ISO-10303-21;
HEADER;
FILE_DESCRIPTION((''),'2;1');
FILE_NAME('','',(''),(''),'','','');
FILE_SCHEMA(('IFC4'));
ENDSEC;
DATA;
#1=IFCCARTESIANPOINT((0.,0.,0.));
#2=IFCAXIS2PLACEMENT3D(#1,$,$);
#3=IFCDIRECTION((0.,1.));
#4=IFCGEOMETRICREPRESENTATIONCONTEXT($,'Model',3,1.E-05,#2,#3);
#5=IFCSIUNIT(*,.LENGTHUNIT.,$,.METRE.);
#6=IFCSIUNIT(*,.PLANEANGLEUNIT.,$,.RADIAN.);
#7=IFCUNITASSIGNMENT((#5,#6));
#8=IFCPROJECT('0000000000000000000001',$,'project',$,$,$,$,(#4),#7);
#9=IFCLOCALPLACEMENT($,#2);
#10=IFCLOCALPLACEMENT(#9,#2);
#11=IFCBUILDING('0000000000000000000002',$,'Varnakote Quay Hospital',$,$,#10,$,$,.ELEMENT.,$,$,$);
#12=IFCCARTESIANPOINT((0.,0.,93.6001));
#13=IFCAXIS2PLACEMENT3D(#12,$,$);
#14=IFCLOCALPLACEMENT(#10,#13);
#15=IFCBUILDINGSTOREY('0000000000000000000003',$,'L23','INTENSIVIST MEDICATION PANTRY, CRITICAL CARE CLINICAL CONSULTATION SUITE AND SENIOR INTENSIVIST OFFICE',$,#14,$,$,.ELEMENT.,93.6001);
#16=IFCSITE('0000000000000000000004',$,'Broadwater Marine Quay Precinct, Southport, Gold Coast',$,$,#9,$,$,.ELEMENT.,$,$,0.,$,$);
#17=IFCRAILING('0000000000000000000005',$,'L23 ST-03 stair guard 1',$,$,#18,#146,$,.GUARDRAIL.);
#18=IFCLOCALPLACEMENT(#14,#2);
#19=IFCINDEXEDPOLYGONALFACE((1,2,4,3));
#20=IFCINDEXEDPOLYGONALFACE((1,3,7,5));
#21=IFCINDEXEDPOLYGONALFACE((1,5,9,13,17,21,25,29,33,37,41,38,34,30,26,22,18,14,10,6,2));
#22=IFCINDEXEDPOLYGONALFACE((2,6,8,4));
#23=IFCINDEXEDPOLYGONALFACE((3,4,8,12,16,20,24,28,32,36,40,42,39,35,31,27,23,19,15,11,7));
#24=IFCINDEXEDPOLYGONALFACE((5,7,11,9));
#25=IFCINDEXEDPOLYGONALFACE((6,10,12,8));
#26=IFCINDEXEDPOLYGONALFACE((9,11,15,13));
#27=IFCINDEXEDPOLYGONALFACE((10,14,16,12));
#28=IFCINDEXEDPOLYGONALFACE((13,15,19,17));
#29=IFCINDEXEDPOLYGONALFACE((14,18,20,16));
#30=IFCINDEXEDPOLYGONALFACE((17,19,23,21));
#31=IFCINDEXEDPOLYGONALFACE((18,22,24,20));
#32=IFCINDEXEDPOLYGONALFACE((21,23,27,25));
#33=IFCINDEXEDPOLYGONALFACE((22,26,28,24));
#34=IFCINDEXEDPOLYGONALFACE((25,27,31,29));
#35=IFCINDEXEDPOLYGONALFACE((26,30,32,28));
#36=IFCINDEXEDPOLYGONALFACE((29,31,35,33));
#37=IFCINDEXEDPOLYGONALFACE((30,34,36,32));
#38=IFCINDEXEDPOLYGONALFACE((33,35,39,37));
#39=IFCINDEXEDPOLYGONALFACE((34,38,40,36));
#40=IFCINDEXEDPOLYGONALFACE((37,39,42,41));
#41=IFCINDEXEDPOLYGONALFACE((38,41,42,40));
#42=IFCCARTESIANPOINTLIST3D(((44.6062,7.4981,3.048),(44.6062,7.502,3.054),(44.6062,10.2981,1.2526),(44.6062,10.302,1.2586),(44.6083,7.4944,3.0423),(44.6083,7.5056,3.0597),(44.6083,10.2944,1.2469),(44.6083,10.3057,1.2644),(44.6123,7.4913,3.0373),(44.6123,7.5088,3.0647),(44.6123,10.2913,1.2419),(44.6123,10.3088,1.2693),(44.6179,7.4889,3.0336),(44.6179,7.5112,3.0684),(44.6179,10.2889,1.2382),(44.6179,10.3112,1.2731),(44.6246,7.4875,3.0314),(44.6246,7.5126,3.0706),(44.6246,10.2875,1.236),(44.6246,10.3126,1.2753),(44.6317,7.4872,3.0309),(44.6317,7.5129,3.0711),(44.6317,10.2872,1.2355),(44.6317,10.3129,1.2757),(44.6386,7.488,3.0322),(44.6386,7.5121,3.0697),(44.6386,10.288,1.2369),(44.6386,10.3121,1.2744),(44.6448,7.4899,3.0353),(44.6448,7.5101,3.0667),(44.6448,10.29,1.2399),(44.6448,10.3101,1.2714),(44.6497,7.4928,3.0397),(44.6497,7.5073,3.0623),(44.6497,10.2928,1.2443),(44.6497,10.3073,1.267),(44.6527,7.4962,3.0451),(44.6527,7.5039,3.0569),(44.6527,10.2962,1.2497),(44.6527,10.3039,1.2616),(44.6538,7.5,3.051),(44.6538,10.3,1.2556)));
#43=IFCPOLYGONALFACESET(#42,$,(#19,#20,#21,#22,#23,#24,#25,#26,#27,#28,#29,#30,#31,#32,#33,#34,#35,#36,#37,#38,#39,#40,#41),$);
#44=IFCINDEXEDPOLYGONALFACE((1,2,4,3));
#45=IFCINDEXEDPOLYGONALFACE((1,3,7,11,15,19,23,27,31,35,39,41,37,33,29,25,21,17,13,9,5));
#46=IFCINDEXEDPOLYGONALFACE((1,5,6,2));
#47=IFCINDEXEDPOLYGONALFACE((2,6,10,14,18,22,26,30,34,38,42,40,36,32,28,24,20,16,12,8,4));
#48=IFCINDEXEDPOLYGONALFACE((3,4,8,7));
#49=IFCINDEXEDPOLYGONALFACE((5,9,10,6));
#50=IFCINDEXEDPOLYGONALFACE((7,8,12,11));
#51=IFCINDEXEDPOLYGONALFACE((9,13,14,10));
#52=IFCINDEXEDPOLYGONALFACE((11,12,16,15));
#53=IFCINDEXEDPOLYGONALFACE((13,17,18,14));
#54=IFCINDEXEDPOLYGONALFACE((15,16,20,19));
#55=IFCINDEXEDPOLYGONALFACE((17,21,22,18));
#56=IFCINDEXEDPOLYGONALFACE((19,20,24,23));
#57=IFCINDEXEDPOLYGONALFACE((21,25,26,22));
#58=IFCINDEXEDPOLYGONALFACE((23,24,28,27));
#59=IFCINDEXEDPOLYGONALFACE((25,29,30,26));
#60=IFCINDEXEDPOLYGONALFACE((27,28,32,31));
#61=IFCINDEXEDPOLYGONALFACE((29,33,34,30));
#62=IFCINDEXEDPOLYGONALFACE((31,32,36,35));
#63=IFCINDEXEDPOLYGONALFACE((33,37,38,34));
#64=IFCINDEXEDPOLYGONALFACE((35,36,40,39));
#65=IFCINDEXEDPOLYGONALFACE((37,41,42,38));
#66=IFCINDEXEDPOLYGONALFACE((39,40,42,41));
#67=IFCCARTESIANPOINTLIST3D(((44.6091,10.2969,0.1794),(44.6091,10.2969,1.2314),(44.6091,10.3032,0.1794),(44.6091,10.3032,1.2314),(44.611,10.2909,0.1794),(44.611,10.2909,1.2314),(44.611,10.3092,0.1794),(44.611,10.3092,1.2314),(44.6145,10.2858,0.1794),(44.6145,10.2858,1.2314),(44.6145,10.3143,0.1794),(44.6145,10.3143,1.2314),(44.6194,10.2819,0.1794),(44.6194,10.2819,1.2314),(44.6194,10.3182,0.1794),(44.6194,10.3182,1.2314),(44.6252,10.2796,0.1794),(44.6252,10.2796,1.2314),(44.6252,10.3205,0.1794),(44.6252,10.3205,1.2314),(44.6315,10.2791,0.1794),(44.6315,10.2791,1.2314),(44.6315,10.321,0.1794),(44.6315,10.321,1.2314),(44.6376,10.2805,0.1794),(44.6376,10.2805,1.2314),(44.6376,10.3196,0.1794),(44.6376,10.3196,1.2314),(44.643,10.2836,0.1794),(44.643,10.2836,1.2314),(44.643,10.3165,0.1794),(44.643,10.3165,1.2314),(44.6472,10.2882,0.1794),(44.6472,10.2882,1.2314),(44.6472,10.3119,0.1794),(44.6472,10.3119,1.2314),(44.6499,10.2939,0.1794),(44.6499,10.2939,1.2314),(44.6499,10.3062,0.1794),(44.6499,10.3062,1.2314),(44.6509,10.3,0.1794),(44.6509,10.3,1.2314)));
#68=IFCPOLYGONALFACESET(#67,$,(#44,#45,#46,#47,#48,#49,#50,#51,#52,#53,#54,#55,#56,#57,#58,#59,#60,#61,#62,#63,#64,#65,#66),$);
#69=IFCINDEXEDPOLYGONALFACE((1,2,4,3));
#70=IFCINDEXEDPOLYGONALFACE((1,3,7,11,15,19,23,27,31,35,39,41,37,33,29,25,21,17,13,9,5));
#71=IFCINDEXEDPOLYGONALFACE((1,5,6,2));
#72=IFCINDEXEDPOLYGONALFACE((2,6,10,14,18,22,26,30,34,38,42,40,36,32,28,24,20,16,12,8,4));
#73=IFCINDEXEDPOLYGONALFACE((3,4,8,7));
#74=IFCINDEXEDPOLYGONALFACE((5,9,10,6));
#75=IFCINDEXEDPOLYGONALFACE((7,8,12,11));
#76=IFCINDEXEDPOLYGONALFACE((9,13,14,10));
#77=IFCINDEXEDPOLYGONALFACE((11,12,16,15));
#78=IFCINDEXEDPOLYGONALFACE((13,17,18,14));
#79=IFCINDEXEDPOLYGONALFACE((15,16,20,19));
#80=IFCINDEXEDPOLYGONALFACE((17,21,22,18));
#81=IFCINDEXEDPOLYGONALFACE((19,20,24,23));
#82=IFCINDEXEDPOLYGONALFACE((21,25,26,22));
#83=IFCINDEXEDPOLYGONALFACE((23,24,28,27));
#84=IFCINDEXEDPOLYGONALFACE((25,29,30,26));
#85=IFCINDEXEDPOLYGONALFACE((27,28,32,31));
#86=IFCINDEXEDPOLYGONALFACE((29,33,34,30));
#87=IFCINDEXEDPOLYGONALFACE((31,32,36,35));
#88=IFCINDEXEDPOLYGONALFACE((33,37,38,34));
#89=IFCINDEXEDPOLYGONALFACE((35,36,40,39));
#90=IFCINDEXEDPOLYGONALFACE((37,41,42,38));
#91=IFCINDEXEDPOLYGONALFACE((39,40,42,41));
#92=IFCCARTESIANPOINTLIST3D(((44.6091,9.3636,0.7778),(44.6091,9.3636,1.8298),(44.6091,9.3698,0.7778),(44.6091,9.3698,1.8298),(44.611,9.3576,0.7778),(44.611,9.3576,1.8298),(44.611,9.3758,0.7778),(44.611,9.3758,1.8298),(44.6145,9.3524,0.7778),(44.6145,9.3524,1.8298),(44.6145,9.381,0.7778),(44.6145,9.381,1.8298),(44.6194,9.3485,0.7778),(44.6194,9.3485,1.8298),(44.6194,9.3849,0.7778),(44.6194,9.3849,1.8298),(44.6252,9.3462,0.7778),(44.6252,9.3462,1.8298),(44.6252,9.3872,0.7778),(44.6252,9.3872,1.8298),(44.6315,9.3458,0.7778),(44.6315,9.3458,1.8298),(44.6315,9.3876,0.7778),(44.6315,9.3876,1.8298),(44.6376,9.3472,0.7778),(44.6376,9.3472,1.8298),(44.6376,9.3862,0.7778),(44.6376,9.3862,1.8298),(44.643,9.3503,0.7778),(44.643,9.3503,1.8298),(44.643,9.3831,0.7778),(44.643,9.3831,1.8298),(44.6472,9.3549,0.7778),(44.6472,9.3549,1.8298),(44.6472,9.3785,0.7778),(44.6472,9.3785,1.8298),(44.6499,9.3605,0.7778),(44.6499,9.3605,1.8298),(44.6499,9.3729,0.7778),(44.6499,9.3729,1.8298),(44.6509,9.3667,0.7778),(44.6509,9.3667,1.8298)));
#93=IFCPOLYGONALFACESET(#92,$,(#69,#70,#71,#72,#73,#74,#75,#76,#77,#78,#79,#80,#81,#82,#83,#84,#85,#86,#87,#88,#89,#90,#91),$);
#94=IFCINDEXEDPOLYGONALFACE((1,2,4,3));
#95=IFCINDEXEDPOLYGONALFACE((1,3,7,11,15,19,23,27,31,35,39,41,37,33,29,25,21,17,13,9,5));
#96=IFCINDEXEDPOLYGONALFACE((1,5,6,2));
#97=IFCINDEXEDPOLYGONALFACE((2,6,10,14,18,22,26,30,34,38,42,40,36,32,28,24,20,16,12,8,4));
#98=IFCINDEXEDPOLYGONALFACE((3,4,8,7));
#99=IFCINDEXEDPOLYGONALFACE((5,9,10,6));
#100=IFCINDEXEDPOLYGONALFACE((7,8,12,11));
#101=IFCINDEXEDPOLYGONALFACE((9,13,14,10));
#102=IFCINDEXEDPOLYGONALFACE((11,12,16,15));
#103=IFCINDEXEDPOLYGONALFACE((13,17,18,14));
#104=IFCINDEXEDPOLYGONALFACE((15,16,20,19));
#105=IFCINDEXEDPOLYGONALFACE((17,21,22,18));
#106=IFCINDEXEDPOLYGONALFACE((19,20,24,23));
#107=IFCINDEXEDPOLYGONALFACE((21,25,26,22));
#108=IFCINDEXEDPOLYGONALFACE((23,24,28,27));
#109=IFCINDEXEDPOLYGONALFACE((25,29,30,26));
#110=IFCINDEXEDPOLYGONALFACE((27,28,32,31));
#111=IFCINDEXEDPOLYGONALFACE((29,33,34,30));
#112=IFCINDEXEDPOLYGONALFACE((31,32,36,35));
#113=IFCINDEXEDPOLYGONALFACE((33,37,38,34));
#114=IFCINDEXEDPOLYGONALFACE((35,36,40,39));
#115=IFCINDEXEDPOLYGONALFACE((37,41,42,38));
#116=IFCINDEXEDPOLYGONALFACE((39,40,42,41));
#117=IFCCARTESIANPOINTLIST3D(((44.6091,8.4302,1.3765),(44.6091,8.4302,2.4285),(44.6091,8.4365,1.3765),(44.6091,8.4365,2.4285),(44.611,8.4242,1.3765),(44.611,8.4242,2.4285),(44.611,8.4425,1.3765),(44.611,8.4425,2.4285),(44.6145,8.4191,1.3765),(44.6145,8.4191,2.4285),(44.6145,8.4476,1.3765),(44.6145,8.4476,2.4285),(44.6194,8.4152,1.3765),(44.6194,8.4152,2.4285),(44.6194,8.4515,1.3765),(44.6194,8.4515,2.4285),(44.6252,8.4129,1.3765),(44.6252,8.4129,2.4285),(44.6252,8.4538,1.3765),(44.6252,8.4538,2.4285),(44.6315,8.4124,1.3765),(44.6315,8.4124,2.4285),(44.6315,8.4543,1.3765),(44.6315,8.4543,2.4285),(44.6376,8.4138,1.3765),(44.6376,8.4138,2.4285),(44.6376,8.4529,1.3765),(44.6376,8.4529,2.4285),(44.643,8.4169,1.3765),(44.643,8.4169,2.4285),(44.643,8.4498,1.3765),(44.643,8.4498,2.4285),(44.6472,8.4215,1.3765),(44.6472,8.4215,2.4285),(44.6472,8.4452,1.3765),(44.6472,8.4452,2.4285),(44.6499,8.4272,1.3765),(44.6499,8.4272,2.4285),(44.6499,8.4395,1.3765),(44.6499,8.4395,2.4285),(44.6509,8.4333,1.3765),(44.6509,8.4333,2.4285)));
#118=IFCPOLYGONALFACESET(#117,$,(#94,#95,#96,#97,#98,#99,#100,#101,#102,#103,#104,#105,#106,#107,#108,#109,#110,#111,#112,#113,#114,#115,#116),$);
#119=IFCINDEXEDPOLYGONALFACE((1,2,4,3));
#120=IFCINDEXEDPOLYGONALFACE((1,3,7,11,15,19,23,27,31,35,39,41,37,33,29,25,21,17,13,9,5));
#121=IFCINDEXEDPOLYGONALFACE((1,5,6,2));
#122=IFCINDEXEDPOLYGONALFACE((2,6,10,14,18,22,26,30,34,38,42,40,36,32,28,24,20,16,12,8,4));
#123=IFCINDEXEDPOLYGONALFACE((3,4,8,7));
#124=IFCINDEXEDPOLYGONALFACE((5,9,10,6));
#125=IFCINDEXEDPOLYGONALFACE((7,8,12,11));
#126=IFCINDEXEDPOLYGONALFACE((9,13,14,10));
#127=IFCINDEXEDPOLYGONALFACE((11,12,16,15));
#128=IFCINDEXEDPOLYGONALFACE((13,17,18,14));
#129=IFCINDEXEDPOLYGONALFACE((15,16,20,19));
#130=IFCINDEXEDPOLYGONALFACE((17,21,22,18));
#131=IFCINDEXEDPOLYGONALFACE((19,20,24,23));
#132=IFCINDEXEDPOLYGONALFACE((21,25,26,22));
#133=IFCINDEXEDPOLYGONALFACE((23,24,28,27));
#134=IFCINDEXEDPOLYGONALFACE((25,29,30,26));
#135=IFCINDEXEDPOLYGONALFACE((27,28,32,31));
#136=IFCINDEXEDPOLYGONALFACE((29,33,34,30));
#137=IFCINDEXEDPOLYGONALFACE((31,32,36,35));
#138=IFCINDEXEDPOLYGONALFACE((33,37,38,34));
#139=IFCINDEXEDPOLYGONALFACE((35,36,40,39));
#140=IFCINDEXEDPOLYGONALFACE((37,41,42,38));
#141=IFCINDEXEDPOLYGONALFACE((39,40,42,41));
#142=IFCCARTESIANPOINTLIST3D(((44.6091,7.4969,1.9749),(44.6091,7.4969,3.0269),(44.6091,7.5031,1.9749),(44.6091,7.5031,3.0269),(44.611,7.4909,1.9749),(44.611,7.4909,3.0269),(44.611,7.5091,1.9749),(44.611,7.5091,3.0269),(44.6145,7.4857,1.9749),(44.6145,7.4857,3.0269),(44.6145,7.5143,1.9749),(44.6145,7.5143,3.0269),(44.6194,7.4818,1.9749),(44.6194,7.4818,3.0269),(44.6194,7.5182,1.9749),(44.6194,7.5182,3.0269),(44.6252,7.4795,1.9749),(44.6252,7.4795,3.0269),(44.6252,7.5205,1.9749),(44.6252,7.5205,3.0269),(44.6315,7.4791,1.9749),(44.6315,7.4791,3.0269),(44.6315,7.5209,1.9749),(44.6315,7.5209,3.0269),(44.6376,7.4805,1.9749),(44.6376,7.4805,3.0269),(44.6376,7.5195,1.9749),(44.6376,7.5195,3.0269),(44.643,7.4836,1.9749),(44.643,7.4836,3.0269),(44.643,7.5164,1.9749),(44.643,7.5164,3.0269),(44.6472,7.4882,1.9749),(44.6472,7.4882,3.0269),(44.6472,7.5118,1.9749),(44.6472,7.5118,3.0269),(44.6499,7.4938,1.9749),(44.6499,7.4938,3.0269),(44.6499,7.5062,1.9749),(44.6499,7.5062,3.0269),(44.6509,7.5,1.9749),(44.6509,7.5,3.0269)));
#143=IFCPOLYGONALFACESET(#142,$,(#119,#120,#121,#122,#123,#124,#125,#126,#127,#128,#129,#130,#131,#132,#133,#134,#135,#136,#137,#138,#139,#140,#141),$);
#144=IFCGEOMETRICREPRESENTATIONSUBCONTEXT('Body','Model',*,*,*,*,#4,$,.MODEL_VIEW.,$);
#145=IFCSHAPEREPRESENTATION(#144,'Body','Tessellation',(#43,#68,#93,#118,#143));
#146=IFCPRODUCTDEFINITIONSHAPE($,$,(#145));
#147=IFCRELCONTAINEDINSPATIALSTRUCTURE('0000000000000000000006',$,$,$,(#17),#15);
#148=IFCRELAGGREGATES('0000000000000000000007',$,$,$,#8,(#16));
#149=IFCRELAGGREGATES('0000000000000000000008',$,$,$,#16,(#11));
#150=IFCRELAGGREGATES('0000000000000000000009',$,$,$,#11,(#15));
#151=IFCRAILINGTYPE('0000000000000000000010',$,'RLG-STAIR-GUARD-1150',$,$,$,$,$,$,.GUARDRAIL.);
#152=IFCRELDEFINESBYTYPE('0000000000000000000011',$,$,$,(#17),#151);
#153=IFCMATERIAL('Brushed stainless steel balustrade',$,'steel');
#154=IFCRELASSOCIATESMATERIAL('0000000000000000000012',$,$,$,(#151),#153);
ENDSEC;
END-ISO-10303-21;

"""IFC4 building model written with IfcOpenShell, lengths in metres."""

from ifc_helpers import new_model, si_unit, direction, frame, origin, origin_2d, place, context, subcontext, project, spatial, circle, extrude, material, type_object, element, save


model = new_model("IFC4")

# Units and contexts
model_context = context("Model", 3, precision=1e-05, world=origin(), true_north=direction((0.0, 1.0)))
body_context = subcontext(model_context, "Body", "Model", "MODEL_VIEW")
ifc_project = project(units=[si_unit("LENGTHUNIT", "METRE"), si_unit("PLANEANGLEUNIT", "RADIAN")], contexts=[model_context])

# Site, building, storey
site_placement = place(None, origin())
site = spatial("IfcSite", under=ifc_project, at=site_placement, Name="Broadwater Marine Quay Precinct, Southport, Gold Coast", CompositionType="ELEMENT", RefElevation=0.0)
building_placement = place(site_placement, origin())
building = spatial("IfcBuilding", under=site, at=building_placement, Name="Varnakote Quay Hospital", CompositionType="ELEMENT")
storey_placement = place(building_placement, frame((0.0, 0.0, 93.6001)))
storey = spatial("IfcBuildingStorey", under=building, at=storey_placement, Name="L23", Description="INTENSIVIST MEDICATION PANTRY, CRITICAL CARE CLINICAL CONSULTATION SUITE AND SENIOR INTENSIVIST OFFICE", CompositionType="ELEMENT", Elevation=93.6001)

# Railing
ifc_material_1 = material(Name="Brushed stainless steel balustrade", Category="steel")
railing_type_1 = type_object("IfcRailingType", Name="RLG-STAIR-GUARD-1150", PredefinedType="GUARDRAIL", material=ifc_material_1)
railing_1_placement = place(storey_placement, frame((44.6299, 10.3, 0.1794)))
element("IfcRailing", 1, at=railing_1_placement, inside=storey, type_object=railing_type_1, Name="L23 ST-03 stair guard 1", PredefinedType="GUARDRAIL", context=body_context, shape_type="SweptSolid", body=[
    extrude(circle(Radius=0.0239, at=origin_2d()), frame((0.0, 0.0, 1.0762), z_axis=(0.0, -0.84181, 0.539774), x_axis=(1.0, 0.0, 0.0)), (0.0, 0.0, 1.0), 3.3262),
    extrude(circle(Radius=0.021, at=origin_2d()), origin(), (0.0, 0.0, 1.0), 1.052),
    extrude(circle(Radius=0.021, at=origin_2d()), frame((0.0, -0.9333, 0.5984)), (0.0, 0.0, 1.0), 1.052),
    extrude(circle(Radius=0.021, at=origin_2d()), frame((0.0, -1.8667, 1.197)), (0.0, 0.0, 1.0), 1.052),
    extrude(circle(Radius=0.021, at=origin_2d()), frame((0.0, -2.8, 1.7954)), (0.0, 0.0, 1.0), 1.052),
])

save(model, "model.ifc")
